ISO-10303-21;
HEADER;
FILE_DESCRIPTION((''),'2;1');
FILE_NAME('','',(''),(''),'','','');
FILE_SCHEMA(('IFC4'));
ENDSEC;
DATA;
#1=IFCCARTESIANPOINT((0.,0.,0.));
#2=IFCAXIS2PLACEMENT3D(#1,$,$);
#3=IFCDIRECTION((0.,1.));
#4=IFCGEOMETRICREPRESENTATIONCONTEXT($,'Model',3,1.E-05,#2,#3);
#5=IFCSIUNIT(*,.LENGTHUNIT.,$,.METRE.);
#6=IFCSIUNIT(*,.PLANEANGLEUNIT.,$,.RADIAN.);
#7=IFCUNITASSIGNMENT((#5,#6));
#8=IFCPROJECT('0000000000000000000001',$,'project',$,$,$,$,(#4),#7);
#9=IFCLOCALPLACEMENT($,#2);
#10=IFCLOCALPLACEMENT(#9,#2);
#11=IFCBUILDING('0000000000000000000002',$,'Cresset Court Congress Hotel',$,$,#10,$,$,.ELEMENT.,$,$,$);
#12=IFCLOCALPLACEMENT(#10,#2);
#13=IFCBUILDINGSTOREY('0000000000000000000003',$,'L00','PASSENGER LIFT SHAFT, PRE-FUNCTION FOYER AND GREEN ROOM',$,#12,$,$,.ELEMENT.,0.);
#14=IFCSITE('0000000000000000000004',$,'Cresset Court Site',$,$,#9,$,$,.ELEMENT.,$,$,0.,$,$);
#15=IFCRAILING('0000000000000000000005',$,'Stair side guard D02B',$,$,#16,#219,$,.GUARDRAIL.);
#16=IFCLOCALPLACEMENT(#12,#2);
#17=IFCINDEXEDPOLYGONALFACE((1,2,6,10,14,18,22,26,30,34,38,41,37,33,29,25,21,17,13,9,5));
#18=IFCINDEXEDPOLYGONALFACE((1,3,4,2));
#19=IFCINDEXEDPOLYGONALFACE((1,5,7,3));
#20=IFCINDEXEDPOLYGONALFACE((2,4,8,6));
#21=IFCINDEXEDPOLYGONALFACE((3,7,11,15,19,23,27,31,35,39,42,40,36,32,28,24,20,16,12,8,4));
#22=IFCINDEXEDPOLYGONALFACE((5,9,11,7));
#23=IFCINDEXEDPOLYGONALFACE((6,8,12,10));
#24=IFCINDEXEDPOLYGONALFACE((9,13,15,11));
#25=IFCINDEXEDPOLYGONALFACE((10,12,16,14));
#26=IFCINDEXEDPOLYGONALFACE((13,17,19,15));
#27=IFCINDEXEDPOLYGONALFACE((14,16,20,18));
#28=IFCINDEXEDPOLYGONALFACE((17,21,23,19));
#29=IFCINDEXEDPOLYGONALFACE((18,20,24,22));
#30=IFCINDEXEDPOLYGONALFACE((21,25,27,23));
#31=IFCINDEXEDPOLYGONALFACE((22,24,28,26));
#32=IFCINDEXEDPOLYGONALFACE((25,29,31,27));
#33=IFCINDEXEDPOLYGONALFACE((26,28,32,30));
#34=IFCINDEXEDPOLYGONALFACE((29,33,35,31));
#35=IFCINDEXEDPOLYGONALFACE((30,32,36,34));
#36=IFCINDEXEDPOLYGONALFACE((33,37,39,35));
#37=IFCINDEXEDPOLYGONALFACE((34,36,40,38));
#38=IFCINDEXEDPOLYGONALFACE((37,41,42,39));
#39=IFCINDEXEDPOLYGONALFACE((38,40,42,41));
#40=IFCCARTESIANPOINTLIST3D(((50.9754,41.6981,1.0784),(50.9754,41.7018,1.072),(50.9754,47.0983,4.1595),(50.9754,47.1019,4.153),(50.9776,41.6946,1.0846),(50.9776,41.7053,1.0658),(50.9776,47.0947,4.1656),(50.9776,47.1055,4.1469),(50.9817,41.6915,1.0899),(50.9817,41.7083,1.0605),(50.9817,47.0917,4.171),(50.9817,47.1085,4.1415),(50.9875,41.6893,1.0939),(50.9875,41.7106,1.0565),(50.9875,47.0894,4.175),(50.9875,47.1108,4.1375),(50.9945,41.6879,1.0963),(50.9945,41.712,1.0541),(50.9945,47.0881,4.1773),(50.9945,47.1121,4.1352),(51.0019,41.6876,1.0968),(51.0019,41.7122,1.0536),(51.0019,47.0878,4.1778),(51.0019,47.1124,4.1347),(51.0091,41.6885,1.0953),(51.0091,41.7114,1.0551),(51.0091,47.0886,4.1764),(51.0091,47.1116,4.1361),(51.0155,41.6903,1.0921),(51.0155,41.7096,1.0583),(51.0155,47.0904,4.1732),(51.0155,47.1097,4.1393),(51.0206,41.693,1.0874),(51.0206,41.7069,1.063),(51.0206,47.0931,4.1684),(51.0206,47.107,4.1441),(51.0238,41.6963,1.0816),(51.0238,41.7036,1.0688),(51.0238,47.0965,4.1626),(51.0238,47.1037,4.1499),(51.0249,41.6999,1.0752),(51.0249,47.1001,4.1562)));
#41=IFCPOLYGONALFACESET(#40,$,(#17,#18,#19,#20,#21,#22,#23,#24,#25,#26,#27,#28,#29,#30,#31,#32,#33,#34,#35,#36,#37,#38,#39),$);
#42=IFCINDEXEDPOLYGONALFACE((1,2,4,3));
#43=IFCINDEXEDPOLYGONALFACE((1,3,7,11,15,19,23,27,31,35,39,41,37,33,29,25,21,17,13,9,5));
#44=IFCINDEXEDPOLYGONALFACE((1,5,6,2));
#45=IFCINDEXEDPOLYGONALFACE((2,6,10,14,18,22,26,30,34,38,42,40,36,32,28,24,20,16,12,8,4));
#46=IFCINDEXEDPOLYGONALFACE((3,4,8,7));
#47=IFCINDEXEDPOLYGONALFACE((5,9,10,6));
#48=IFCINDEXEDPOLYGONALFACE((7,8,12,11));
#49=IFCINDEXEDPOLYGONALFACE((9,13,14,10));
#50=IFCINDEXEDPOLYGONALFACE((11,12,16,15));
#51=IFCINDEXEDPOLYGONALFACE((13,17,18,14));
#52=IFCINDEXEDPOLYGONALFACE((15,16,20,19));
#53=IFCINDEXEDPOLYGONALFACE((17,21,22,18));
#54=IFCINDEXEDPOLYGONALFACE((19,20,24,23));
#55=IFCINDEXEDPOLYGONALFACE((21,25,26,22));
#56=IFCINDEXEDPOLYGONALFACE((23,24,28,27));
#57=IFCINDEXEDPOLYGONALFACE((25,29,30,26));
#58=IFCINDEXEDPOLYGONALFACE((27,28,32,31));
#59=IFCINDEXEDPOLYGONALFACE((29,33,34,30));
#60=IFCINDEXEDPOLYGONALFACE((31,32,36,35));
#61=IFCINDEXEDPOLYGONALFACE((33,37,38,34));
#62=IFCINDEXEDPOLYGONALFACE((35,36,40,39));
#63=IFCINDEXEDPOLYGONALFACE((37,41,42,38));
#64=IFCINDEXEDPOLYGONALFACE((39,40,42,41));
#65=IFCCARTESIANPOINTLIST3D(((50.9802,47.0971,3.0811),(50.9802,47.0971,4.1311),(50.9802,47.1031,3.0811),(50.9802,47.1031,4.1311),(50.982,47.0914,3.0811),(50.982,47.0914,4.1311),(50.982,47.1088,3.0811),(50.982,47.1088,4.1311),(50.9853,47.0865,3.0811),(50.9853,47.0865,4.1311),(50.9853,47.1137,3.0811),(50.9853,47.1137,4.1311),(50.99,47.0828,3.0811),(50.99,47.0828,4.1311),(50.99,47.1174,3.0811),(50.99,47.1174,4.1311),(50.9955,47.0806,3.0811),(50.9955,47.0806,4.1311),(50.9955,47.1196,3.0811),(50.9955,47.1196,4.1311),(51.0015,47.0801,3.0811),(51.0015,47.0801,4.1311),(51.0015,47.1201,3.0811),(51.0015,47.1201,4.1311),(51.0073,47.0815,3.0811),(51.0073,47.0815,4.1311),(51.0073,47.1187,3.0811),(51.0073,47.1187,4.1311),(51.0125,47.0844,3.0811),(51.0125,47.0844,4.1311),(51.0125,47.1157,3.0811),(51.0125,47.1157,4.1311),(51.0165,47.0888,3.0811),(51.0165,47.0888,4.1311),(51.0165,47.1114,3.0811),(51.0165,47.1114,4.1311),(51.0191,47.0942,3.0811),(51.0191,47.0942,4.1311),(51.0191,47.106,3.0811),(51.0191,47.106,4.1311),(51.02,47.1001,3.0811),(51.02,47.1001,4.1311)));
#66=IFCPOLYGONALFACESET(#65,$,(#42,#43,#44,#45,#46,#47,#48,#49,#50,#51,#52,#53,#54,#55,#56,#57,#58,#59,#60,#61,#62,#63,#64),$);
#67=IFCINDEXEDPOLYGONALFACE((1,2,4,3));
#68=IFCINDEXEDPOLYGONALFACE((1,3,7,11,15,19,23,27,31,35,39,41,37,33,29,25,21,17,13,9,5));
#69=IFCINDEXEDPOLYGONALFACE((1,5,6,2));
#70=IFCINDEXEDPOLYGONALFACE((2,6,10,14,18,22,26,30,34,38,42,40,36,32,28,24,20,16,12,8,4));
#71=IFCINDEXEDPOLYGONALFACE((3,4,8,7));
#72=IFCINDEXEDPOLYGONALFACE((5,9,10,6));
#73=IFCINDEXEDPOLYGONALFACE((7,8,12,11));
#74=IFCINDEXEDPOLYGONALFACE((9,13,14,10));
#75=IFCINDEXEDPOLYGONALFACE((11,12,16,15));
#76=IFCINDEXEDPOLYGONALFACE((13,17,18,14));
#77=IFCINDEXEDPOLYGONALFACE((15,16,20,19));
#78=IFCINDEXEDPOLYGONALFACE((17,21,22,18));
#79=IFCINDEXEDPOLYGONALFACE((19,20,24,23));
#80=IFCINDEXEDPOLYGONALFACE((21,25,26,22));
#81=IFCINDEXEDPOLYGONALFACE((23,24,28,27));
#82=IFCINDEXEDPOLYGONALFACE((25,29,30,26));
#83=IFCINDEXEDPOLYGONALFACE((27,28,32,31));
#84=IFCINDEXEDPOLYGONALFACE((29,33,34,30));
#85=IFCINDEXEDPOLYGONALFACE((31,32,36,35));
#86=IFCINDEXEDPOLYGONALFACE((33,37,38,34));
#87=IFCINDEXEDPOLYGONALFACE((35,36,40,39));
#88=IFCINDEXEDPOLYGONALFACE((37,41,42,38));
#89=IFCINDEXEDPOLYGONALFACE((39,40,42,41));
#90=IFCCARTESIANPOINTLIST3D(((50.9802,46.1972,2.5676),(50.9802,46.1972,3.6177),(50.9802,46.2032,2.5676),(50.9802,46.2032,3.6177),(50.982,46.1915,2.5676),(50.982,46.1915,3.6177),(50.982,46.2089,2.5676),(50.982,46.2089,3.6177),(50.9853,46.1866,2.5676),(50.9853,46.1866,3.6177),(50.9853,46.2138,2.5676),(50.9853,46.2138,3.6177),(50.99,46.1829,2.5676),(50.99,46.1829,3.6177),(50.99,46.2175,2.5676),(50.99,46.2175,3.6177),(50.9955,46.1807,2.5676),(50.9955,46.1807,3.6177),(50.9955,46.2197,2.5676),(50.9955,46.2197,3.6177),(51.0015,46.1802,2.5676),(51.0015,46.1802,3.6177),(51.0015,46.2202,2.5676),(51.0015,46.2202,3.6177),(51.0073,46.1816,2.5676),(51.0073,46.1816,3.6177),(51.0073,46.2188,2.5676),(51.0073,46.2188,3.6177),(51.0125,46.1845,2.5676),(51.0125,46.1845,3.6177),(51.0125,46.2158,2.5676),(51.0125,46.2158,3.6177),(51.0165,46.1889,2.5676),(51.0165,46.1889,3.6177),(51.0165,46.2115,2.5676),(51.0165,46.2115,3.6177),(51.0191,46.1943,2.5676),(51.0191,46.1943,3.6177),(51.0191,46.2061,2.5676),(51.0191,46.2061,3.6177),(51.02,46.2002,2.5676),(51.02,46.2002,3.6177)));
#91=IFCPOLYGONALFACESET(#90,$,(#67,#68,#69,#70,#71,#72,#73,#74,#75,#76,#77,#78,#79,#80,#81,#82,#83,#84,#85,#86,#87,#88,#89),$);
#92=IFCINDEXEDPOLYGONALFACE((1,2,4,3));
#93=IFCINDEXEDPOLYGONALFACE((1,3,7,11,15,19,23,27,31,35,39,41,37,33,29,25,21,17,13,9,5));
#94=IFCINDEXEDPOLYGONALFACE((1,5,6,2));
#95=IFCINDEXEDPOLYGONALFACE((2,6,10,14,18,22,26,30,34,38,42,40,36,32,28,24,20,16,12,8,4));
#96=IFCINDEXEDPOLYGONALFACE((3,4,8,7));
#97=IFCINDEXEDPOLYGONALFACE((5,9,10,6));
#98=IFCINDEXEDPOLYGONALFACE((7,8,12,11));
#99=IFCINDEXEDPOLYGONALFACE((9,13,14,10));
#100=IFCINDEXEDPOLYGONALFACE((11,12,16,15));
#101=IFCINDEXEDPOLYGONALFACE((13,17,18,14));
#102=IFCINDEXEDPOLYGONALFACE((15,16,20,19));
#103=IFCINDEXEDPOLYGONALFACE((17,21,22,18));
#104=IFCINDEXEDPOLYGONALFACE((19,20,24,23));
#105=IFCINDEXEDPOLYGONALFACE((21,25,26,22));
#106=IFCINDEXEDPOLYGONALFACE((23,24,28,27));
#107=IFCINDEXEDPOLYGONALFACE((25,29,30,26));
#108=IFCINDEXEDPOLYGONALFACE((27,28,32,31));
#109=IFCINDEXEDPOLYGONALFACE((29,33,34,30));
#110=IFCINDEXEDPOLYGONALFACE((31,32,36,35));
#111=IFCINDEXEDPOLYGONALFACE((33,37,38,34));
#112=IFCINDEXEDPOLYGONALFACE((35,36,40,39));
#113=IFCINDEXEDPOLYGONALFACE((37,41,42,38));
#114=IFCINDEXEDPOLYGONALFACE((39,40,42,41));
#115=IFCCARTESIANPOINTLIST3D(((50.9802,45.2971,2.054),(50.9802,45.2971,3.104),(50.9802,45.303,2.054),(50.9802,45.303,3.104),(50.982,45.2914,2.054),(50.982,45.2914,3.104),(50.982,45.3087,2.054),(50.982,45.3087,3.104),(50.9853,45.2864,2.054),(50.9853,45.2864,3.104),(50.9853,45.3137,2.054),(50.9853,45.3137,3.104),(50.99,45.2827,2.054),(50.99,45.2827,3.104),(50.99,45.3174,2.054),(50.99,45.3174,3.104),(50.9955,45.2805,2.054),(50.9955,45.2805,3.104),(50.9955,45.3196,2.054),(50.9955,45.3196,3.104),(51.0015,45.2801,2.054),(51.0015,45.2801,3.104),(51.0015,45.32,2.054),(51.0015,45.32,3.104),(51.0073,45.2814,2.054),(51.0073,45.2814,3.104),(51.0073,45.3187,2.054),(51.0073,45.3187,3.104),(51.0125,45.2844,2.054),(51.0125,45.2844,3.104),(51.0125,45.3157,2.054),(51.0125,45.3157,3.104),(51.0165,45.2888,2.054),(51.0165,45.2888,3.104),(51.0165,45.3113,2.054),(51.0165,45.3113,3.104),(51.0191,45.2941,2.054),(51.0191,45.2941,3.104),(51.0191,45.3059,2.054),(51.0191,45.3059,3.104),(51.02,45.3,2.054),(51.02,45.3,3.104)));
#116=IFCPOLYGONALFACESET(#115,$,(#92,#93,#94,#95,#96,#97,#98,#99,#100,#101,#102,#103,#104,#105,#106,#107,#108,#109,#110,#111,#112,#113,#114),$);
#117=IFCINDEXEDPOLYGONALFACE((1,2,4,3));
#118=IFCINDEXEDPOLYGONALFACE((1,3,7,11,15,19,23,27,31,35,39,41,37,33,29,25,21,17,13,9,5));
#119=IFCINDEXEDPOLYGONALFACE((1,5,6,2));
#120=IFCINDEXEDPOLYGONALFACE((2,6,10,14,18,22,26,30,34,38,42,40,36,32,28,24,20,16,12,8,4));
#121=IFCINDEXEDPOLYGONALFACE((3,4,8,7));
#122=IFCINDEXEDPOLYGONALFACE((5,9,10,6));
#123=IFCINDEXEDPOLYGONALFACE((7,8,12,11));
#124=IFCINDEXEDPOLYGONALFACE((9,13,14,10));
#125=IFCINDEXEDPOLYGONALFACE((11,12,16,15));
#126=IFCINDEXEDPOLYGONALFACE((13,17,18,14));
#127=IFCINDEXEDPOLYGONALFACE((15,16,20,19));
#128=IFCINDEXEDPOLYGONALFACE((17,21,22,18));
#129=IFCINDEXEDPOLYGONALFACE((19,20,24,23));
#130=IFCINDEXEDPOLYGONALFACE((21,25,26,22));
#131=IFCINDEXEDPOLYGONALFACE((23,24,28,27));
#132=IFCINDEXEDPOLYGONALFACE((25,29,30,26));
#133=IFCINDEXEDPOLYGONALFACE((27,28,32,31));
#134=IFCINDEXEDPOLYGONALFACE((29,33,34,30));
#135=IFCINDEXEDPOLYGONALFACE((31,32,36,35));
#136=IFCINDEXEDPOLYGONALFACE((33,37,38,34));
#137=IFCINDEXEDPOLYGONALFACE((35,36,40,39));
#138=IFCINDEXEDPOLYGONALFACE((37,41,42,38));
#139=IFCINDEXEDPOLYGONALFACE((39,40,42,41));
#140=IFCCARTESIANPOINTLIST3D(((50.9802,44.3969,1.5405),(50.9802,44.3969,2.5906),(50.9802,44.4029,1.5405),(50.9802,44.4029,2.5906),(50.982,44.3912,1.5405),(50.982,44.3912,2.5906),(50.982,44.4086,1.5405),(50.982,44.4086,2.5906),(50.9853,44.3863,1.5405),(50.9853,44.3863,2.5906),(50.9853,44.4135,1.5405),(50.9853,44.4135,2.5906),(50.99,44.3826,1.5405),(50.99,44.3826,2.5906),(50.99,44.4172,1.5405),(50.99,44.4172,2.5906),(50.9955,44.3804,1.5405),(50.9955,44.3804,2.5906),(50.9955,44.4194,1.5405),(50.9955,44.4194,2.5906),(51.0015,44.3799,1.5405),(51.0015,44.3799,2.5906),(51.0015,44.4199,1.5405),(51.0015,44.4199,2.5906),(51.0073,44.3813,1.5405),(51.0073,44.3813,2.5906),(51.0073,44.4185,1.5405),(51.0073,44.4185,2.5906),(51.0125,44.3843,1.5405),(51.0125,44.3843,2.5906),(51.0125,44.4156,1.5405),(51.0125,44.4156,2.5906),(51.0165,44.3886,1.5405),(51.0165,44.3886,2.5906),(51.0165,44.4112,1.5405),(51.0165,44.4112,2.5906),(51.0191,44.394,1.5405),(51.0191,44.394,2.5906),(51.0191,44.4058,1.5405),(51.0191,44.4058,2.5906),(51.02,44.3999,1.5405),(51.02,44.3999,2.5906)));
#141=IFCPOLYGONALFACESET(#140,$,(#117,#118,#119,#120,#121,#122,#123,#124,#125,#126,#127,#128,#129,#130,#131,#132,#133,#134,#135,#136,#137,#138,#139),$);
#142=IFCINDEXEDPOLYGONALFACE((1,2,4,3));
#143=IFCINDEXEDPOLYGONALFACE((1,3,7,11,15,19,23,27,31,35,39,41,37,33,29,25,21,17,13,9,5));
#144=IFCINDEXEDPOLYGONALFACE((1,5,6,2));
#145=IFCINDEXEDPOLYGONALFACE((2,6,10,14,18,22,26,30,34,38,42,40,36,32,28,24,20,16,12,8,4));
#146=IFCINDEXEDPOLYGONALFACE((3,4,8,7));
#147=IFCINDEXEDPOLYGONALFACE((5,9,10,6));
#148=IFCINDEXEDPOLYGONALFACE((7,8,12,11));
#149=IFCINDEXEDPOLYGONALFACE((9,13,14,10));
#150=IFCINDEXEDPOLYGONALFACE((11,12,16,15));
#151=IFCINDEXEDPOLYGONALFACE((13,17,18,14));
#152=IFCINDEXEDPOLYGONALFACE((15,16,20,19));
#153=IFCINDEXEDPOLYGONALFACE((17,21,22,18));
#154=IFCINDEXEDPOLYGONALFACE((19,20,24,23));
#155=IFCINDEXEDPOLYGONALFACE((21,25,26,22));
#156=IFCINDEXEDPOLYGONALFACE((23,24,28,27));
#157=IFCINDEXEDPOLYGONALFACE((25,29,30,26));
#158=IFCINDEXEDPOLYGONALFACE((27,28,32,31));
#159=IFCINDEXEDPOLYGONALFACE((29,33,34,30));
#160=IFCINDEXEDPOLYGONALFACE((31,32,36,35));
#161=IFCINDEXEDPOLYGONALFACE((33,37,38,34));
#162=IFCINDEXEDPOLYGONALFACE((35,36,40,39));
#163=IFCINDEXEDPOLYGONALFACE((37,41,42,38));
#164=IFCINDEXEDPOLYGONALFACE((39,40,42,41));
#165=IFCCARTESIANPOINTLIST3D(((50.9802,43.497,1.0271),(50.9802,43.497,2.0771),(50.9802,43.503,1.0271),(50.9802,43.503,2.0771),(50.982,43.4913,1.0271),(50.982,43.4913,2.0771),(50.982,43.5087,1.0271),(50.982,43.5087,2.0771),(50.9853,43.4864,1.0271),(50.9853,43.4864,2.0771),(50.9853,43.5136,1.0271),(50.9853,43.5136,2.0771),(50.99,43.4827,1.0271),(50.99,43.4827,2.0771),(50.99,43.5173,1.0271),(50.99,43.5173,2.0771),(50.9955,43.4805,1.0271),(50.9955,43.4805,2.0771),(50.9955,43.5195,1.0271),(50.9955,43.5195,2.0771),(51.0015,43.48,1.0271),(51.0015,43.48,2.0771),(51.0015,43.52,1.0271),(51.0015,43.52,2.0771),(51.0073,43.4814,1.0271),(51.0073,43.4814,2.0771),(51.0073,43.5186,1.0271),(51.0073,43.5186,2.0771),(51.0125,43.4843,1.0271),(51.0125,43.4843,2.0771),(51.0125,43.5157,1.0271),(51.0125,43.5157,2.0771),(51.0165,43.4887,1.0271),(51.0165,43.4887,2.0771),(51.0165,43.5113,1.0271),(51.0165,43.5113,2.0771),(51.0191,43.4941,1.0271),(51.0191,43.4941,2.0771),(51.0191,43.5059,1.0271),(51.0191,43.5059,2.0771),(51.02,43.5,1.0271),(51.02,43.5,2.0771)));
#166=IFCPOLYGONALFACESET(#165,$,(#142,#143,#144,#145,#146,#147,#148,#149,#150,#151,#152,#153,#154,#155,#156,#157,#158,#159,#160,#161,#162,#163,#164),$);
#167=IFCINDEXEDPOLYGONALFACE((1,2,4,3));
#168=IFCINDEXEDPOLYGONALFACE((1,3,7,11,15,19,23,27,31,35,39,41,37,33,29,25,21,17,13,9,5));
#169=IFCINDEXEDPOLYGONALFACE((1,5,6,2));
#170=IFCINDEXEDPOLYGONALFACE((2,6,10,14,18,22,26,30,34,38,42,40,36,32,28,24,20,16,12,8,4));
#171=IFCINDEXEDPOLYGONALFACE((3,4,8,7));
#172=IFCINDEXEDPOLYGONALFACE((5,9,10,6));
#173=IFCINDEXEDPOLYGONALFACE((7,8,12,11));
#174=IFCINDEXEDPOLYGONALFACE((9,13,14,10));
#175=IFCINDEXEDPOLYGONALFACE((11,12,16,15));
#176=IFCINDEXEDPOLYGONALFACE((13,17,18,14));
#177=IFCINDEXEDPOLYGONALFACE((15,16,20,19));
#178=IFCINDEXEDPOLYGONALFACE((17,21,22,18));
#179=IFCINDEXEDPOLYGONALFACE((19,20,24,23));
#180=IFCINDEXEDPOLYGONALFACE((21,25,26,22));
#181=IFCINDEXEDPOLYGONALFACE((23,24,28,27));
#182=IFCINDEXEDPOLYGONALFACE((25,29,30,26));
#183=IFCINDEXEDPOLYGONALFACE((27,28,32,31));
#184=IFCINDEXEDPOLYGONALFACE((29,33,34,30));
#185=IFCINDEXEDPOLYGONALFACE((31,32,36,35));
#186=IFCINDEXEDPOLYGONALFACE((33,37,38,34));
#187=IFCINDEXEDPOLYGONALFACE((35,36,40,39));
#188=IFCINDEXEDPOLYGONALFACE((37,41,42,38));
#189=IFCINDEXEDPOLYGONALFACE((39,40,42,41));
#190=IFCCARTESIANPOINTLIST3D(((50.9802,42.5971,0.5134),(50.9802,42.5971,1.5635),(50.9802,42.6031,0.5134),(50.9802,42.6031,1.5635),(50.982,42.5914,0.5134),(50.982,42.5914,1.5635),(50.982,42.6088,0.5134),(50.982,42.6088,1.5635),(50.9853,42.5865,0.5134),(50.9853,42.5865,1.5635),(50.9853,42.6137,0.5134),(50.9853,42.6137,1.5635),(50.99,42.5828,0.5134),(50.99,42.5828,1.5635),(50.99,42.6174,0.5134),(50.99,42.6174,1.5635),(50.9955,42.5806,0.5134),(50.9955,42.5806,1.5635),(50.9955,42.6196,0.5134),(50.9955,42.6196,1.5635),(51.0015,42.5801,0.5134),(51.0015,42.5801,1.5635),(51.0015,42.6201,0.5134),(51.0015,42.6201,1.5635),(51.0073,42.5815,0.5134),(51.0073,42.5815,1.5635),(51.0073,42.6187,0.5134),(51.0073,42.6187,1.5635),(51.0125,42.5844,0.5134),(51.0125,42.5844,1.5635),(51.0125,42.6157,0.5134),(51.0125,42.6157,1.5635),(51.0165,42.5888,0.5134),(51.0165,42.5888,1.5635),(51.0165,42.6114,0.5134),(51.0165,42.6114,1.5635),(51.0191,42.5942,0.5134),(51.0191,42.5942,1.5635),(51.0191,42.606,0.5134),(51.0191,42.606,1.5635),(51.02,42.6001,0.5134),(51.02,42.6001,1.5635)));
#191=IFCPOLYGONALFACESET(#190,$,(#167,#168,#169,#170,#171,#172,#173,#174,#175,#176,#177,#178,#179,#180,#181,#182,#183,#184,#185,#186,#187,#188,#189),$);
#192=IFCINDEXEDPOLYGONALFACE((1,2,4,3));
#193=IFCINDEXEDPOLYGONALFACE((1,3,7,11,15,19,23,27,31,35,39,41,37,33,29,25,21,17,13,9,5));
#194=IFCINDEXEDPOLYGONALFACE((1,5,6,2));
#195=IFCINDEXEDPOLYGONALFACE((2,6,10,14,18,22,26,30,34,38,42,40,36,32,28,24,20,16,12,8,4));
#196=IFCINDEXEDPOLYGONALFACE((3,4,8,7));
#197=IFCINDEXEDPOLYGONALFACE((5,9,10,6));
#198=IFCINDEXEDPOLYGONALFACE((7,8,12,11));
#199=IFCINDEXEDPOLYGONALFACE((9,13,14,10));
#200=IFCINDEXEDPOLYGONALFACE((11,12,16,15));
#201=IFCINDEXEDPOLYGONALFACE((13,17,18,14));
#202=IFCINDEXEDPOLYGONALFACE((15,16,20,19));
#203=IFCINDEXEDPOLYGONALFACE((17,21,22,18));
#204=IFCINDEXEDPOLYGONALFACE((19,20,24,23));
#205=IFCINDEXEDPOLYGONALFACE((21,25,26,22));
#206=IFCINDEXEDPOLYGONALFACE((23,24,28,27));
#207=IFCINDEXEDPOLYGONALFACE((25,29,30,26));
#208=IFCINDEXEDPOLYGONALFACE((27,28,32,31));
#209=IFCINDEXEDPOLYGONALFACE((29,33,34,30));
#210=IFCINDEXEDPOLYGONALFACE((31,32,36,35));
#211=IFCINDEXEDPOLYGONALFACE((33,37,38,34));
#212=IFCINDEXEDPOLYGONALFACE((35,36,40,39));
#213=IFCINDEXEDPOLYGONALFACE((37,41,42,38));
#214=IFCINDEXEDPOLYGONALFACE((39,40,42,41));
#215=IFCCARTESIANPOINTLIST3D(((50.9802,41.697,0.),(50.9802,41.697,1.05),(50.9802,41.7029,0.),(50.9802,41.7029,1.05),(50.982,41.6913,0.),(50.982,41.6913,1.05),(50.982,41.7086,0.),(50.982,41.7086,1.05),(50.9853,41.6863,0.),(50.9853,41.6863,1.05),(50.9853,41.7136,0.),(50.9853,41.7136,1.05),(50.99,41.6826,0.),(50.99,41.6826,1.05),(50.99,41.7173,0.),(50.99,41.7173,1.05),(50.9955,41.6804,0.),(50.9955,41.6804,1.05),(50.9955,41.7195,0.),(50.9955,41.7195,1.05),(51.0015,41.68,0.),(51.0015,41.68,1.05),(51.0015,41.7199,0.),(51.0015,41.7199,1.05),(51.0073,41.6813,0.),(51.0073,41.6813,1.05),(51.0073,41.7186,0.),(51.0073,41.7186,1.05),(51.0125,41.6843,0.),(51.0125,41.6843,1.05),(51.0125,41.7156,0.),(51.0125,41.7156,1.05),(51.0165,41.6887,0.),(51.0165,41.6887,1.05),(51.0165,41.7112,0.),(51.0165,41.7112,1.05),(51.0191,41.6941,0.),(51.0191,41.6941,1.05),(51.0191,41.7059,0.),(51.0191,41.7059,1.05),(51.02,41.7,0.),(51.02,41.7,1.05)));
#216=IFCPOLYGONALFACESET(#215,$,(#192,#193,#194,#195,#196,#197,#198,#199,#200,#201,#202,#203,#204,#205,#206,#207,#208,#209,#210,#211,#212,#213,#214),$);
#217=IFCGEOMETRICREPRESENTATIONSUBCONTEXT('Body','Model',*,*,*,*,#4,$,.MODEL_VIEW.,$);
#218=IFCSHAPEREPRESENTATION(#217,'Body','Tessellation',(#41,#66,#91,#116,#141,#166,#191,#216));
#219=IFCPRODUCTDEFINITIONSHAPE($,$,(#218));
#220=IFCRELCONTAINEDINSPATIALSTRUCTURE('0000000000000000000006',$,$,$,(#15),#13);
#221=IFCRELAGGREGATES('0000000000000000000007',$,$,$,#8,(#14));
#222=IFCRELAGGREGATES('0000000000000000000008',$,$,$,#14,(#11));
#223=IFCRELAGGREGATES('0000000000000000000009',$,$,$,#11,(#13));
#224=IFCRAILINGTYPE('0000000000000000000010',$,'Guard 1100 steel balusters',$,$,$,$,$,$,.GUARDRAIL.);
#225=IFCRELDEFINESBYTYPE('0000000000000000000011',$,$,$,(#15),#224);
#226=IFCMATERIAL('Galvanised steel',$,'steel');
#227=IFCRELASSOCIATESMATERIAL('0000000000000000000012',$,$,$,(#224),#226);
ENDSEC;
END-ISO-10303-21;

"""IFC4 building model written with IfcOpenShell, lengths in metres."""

from ifc_helpers import new_model, si_unit, direction, frame, origin, origin_2d, place, context, subcontext, project, spatial, circle, extrude, material, type_object, element, save


model = new_model("IFC4")

# Units and contexts
model_context = context("Model", 3, precision=1e-05, world=origin(), true_north=direction((0.0, 1.0)))
body_context = subcontext(model_context, "Body", "Model", "MODEL_VIEW")
ifc_project = project(units=[si_unit("LENGTHUNIT", "METRE"), si_unit("PLANEANGLEUNIT", "RADIAN")], contexts=[model_context])

# Site, building, storey
site_placement = place(None, origin())
site = spatial("IfcSite", under=ifc_project, at=site_placement, Name="Cresset Court Site", CompositionType="ELEMENT", RefElevation=0.0)
building_placement = place(site_placement, origin())
building = spatial("IfcBuilding", under=site, at=building_placement, Name="Cresset Court Congress Hotel", CompositionType="ELEMENT")
storey_placement = place(building_placement, origin())
storey = spatial("IfcBuildingStorey", under=building, at=storey_placement, Name="L00", Description="PASSENGER LIFT SHAFT, PRE-FUNCTION FOYER AND GREEN ROOM", CompositionType="ELEMENT", Elevation=0.0)

# Railing
ifc_material_1 = material(Name="Galvanised steel", Category="steel")
railing_type_1 = type_object("IfcRailingType", Name="Guard 1100 steel balusters", PredefinedType="GUARDRAIL", material=ifc_material_1)
railing_1_placement = place(storey_placement, frame((51.0, 47.1001, 3.0811)))
element("IfcRailing", 1, at=railing_1_placement, inside=storey, type_object=railing_type_1, Name="Stair side guard D02B", PredefinedType="GUARDRAIL", context=body_context, shape_type="SweptSolid", body=[
    extrude(circle(Radius=0.0249, at=origin_2d()), frame((0.0, 0.0, 1.0752), z_axis=(0.0, -0.868572, -0.495564), x_axis=(1.0, 0.0, 0.0)), (0.0, 0.0, 1.0), 6.2173),
    extrude(circle(Radius=0.02, at=origin_2d()), origin(), (0.0, 0.0, 1.0), 1.05),
    extrude(circle(Radius=0.02, at=origin_2d()), frame((0.0, -0.8999, -0.5134)), (0.0, 0.0, 1.0), 1.05),
    extrude(circle(Radius=0.02, at=origin_2d()), frame((0.0, -1.8, -1.0271)), (0.0, 0.0, 1.0), 1.05),
    extrude(circle(Radius=0.02, at=origin_2d()), frame((0.0, -2.7002, -1.5405)), (0.0, 0.0, 1.0), 1.05),
    extrude(circle(Radius=0.02, at=origin_2d()), frame((0.0, -3.6001, -2.054)), (0.0, 0.0, 1.0), 1.05),
    extrude(circle(Radius=0.02, at=origin_2d()), frame((0.0, -4.5, -2.5676)), (0.0, 0.0, 1.0), 1.05),
    extrude(circle(Radius=0.02, at=origin_2d()), frame((0.0, -5.4001, -3.0811)), (0.0, 0.0, 1.0), 1.05),
])

save(model, "model.ifc")
